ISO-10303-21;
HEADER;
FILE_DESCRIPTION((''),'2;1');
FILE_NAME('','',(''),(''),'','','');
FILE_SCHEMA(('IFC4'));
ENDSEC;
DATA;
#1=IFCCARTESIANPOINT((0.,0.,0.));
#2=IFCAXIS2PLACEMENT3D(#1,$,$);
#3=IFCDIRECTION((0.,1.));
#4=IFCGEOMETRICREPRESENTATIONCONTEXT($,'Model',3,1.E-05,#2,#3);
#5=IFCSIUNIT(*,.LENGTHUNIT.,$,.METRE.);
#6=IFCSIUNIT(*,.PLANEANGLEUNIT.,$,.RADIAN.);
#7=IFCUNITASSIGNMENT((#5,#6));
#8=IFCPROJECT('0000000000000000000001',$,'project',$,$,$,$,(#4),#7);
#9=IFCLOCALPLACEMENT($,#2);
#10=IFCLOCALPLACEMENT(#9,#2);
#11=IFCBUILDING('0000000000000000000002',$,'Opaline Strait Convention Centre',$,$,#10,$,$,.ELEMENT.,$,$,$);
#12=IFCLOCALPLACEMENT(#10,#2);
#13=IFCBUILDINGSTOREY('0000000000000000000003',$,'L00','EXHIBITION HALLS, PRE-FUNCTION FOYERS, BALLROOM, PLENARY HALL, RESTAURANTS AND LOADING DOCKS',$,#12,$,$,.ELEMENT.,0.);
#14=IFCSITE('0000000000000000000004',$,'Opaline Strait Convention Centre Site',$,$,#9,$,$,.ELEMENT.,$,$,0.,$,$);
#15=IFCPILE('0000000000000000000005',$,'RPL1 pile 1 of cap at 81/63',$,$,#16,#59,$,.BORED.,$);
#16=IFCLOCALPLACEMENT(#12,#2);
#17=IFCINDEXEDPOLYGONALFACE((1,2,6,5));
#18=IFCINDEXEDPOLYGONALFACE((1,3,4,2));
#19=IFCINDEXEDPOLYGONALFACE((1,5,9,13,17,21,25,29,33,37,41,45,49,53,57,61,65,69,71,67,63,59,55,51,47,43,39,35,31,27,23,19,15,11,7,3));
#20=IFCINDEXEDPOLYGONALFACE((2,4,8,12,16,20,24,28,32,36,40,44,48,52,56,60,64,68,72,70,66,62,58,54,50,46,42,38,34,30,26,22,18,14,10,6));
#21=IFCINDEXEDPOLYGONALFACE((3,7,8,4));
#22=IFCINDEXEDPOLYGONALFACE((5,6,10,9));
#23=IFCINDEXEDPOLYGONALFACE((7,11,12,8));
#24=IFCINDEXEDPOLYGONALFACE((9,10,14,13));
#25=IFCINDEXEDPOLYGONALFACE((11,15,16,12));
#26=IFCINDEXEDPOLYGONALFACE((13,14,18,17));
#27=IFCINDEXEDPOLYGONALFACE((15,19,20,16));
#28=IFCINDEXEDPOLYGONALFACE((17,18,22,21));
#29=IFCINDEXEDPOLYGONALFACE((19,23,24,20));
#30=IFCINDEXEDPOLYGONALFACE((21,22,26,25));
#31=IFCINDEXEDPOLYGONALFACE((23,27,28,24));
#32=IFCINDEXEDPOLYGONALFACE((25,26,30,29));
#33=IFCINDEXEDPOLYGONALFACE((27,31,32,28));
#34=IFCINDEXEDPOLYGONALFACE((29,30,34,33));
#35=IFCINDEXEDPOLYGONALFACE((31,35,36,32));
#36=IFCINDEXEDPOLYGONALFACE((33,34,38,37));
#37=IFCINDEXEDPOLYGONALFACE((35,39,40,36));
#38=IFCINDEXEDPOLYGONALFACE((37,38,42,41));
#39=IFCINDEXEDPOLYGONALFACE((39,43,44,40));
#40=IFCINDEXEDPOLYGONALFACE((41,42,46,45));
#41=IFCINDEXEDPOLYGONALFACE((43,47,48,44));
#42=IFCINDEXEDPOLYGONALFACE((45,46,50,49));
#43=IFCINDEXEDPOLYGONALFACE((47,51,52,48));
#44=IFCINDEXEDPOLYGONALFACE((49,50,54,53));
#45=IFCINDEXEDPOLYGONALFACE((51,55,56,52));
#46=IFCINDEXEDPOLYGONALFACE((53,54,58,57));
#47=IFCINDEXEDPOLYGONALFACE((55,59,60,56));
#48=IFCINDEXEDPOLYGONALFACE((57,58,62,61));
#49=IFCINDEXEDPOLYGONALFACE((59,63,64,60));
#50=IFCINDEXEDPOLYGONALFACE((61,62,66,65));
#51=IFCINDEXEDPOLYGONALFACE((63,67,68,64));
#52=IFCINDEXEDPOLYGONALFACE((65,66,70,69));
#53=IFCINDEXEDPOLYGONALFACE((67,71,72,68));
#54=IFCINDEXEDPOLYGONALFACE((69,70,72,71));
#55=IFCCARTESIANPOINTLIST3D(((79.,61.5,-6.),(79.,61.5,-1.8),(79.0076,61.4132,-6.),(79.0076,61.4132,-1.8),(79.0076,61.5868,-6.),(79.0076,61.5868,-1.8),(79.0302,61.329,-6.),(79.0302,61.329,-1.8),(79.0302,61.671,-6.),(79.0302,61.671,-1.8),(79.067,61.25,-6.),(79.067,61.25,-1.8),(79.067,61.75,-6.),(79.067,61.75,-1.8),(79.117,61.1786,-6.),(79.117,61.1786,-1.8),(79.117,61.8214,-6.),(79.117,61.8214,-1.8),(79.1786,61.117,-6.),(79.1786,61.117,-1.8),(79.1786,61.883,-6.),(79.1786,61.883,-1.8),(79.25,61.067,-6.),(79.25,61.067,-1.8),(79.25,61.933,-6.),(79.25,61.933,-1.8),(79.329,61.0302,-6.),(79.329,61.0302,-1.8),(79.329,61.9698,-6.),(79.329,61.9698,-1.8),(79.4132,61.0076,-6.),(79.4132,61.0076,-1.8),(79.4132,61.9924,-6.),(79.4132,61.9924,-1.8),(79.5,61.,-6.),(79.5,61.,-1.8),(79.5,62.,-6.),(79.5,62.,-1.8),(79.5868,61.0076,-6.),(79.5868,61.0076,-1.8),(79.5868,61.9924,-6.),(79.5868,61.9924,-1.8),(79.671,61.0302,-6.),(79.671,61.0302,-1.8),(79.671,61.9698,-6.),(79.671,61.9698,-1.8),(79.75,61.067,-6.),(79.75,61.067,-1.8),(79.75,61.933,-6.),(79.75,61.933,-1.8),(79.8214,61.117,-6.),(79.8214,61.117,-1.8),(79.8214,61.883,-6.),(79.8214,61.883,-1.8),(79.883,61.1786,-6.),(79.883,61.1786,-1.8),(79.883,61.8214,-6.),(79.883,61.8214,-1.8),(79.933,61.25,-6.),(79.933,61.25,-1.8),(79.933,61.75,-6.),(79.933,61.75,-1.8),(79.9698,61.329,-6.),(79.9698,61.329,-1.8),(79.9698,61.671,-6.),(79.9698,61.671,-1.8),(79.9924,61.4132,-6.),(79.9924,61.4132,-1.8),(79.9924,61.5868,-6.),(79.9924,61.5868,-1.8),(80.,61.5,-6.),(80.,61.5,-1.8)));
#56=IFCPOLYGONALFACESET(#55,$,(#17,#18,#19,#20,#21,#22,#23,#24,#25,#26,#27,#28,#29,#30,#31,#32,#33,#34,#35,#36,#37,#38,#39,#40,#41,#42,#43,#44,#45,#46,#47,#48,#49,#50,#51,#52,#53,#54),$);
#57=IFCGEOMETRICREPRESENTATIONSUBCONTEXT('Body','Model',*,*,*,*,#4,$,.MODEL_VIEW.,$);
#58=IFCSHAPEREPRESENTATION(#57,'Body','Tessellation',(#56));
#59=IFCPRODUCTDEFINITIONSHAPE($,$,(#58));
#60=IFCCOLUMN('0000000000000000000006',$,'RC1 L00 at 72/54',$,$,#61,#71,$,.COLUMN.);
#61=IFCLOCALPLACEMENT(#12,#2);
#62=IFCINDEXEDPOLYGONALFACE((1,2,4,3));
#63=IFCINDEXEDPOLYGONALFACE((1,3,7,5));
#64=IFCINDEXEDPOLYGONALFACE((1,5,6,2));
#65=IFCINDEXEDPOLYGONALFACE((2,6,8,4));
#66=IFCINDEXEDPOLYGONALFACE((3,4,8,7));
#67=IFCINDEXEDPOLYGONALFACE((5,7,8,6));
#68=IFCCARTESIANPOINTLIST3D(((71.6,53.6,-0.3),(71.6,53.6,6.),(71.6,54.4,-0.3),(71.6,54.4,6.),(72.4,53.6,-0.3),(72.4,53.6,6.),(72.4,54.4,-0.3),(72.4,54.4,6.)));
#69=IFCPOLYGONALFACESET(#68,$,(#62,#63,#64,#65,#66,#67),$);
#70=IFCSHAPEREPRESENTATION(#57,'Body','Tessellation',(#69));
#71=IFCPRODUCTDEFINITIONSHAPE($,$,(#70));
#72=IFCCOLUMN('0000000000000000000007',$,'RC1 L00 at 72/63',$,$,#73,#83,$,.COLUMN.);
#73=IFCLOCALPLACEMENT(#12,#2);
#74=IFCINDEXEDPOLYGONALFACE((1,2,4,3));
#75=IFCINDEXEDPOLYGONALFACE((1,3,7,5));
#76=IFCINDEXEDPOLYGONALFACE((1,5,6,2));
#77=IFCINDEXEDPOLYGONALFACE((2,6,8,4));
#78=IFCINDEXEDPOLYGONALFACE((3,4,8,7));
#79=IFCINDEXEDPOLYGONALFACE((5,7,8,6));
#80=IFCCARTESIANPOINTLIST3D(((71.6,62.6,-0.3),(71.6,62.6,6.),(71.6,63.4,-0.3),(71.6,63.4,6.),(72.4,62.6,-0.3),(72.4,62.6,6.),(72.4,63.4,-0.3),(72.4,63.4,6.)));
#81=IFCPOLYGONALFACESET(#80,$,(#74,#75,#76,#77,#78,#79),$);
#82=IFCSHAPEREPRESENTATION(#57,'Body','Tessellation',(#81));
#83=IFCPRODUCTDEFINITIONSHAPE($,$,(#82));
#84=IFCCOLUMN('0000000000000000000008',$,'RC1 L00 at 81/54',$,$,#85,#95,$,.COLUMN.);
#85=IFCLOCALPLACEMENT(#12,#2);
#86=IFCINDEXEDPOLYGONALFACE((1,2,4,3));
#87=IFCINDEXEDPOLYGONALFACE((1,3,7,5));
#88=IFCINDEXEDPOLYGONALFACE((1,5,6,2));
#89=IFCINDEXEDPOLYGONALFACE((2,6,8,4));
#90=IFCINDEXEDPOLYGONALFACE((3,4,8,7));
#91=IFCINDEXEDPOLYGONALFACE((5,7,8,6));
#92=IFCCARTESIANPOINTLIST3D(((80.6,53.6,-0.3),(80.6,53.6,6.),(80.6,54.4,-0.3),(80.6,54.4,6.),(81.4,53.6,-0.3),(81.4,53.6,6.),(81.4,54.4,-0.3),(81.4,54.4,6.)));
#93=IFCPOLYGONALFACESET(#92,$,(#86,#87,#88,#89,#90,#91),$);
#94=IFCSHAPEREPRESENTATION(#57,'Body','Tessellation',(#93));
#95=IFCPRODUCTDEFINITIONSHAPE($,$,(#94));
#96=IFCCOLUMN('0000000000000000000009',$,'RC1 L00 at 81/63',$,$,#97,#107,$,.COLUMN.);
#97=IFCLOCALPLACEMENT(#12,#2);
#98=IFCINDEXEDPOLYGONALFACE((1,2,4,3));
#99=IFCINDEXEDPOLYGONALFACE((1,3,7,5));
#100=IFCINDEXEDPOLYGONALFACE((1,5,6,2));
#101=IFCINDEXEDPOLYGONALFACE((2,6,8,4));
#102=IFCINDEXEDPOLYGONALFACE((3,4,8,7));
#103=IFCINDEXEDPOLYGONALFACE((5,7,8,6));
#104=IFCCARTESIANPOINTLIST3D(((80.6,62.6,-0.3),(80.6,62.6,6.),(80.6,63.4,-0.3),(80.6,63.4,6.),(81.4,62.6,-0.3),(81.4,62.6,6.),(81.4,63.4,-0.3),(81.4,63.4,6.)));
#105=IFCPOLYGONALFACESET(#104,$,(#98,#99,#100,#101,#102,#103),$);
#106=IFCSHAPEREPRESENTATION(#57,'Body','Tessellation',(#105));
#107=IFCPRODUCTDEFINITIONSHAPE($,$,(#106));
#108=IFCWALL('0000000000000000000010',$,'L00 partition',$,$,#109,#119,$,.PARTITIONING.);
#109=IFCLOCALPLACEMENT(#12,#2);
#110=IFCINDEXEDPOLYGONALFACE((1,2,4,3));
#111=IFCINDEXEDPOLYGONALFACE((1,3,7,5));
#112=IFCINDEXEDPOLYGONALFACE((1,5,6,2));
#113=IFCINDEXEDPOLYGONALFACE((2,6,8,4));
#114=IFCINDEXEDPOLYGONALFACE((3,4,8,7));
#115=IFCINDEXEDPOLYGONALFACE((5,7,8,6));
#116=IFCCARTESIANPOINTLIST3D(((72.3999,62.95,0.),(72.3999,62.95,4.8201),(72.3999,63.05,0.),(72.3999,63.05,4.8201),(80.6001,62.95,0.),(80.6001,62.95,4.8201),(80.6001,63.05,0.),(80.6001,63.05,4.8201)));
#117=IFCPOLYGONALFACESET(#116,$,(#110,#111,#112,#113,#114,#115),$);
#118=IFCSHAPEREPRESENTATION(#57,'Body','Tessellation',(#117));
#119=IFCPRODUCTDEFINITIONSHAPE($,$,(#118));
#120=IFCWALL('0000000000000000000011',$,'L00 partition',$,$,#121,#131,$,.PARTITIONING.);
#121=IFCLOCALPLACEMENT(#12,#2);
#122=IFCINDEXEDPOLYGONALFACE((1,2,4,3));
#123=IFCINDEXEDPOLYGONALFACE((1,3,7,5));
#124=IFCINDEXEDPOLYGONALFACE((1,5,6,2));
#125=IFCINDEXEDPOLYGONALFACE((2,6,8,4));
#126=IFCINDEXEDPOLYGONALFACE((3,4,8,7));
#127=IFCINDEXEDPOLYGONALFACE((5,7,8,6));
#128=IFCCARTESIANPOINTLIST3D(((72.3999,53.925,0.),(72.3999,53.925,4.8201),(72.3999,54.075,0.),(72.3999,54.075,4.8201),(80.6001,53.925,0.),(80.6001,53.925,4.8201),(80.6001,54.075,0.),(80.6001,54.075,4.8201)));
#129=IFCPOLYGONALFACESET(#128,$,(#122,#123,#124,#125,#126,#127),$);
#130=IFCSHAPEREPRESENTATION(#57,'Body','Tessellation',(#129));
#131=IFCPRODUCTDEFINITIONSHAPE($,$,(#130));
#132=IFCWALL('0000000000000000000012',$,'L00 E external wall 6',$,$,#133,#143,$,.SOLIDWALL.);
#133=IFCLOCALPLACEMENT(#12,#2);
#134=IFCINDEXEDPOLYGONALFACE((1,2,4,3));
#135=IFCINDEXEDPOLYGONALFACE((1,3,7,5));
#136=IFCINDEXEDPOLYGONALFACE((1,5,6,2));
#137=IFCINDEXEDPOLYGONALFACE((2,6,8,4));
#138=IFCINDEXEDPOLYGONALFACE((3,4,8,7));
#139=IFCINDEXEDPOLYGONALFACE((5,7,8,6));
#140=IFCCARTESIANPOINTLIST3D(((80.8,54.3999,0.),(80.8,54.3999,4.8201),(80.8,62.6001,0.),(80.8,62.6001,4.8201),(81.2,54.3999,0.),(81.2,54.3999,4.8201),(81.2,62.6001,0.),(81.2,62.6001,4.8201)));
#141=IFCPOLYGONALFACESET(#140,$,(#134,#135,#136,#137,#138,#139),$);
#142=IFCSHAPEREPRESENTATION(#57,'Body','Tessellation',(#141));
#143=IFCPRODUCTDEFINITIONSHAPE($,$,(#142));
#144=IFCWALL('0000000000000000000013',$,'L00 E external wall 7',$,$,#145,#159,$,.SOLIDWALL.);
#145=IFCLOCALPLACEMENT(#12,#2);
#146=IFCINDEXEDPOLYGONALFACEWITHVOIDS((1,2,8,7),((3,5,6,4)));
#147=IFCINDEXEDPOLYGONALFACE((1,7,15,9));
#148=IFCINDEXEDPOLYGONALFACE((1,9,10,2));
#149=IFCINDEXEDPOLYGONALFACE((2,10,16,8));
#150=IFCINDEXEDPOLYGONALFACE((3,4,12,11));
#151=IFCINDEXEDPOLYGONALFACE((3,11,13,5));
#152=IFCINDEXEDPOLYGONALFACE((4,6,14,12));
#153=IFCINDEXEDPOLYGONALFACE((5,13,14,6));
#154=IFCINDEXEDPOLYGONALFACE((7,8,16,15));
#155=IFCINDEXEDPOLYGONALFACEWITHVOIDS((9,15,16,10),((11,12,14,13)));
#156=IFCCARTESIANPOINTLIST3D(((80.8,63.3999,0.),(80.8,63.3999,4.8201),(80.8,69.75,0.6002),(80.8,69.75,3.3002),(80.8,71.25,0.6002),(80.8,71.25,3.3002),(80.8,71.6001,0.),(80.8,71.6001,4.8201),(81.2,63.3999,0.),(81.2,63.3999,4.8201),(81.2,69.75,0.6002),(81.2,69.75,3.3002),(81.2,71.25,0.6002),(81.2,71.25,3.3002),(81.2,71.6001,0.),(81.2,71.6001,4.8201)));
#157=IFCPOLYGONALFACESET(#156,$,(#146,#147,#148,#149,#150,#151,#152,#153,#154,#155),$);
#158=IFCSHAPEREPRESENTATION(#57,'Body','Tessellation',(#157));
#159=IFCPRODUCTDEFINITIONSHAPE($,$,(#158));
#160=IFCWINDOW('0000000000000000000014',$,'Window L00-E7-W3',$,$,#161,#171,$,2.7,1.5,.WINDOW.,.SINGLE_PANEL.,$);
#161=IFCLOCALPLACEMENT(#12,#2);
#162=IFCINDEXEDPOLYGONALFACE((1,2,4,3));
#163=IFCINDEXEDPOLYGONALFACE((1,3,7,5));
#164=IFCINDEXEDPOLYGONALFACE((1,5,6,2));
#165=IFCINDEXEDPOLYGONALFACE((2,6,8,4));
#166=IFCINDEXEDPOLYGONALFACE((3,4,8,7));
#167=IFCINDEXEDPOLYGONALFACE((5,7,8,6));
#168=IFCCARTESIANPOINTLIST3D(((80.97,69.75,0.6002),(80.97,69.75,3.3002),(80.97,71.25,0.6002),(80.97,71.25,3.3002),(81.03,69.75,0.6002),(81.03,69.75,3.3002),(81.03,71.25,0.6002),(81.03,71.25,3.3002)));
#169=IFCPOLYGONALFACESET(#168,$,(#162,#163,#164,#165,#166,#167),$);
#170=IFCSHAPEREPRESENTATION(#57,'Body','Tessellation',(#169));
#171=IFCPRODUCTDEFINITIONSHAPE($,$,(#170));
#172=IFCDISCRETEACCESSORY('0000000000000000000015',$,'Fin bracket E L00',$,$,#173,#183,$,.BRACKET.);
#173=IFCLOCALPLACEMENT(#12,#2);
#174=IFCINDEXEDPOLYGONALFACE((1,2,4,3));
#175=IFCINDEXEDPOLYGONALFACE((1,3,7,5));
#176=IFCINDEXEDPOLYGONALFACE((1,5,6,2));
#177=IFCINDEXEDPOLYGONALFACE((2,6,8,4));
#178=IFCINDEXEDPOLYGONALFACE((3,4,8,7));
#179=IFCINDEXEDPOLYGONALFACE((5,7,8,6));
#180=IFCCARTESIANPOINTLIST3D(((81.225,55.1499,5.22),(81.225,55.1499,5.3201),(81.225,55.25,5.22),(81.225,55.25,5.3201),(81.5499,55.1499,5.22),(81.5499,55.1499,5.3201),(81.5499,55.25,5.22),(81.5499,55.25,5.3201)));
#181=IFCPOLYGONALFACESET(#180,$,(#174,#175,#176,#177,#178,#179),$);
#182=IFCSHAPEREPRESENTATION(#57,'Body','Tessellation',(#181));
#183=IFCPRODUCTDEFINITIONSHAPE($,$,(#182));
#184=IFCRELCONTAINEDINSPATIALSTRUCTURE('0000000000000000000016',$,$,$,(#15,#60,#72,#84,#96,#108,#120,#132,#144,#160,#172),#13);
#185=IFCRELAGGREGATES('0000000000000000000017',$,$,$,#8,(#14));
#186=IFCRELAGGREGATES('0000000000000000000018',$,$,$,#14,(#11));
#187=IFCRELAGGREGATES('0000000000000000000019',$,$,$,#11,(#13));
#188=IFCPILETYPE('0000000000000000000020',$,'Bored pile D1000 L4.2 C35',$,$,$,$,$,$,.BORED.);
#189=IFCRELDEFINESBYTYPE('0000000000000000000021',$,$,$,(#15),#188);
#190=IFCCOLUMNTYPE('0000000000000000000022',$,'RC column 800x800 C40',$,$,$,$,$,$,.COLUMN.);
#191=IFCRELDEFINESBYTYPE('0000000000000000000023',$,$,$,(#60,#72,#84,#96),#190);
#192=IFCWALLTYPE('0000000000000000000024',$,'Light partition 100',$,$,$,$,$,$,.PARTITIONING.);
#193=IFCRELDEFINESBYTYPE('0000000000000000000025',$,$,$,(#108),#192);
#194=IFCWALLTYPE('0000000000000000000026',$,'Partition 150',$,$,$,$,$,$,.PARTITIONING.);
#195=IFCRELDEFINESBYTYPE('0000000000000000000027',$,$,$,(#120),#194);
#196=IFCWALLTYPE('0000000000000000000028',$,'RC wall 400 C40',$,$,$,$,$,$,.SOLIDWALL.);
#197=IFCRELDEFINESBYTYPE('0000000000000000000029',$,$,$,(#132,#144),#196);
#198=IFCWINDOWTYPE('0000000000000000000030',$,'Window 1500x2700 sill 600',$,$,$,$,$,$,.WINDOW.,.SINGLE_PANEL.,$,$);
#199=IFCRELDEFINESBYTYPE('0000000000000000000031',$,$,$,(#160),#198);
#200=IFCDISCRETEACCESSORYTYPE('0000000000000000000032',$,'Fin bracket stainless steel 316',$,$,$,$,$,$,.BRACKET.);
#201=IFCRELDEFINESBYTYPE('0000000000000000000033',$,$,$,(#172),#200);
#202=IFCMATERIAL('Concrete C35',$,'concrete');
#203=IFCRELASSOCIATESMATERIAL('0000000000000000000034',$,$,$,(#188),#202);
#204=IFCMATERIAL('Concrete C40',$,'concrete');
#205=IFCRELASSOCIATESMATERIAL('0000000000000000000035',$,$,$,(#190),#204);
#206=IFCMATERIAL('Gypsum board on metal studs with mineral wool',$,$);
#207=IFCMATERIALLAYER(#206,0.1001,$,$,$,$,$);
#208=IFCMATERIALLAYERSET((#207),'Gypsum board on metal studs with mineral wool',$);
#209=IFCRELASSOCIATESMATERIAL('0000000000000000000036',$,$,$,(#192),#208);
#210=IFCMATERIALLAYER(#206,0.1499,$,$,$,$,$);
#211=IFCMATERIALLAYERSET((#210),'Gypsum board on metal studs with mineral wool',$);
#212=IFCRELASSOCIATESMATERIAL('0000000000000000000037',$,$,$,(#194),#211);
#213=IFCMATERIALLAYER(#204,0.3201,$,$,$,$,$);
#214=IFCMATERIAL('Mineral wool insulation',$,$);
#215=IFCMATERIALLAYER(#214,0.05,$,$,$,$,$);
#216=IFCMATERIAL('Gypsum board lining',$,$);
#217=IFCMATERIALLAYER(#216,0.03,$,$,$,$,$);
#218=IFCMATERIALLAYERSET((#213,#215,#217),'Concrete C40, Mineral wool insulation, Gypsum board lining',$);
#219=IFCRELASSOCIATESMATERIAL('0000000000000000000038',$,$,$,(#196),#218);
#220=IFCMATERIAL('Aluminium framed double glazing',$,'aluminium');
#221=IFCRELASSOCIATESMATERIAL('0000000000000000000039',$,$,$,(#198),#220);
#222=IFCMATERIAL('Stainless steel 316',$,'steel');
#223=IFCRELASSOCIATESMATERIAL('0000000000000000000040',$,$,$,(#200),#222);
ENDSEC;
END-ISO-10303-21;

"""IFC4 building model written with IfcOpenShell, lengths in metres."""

from ifc_helpers import new_model, si_unit, direction, frame, frame_2d, origin, origin_2d, place, context, subcontext, project, spatial, rectangle, circle, extrude, material, layer, layer_set, material_profile, profile_set, type_object, element, fill, save


model = new_model("IFC4")

# Units and contexts
model_context = context("Model", 3, precision=1e-05, world=origin(), true_north=direction((0.0, 1.0)))
body_context = subcontext(model_context, "Body", "Model", "MODEL_VIEW")
ifc_project = project(units=[si_unit("LENGTHUNIT", "METRE"), si_unit("PLANEANGLEUNIT", "RADIAN")], contexts=[model_context])

# Site, building, storey
site_placement = place(None, origin())
site = spatial("IfcSite", under=ifc_project, at=site_placement, Name="Opaline Strait Convention Centre Site", CompositionType="ELEMENT", RefElevation=0.0)
building_placement = place(site_placement, origin())
building = spatial("IfcBuilding", under=site, at=building_placement, Name="Opaline Strait Convention Centre", CompositionType="ELEMENT")
storey_placement = place(building_placement, origin())
storey = spatial("IfcBuildingStorey", under=building, at=storey_placement, Name="L00", Description="EXHIBITION HALLS, PRE-FUNCTION FOYERS, BALLROOM, PLENARY HALL, RESTAURANTS AND LOADING DOCKS", CompositionType="ELEMENT", Elevation=0.0)

# Pile
ifc_material_1 = material(Name="Concrete C35", Category="concrete")
ifc_material_profile_1 = material_profile(ifc_material_1, circle(Radius=0.5, at=origin_2d()), Name="D1000")
ifc_profile_set_1 = profile_set([ifc_material_profile_1], Name="Concrete C35")
pile_type = type_object("IfcPileType", Name="Bored pile D1000 L4.2 C35", PredefinedType="BORED", material=ifc_profile_set_1)
for number, where, z_axis, x_axis, name in (
    (1, (79.5, 61.5, -1.8), (0.0, 0.0, -1.0), (1.0, 0.0, 0.0), "RPL1 pile 1 of cap at 81/63"),
):
    element("IfcPile", number, at=place(storey_placement, frame(where, z_axis=z_axis, x_axis=x_axis)), inside=storey, type_object=pile_type, Name=name, PredefinedType="BORED", context=body_context, shape_type="SweptSolid", body=[
        extrude(circle(Radius=0.5, at=origin_2d()), origin(), (0.0, 0.0, 1.0), 4.2),
    ])

# Columns
ifc_material_2 = material(Name="Concrete C40", Category="concrete")
ifc_material_profile_2 = material_profile(ifc_material_2, rectangle(XDim=0.8, YDim=0.8, at=origin_2d()), Name="RC 800x800")
ifc_profile_set_2 = profile_set([ifc_material_profile_2], Name="Concrete C40")
column_type = type_object("IfcColumnType", Name="RC column 800x800 C40", PredefinedType="COLUMN", material=ifc_profile_set_2)
for number, where, z_axis, x_axis, name in (
    (2, (72.0, 54.0, -0.3), (0.0, 0.0, 1.0), (1.0, 0.0, 0.0), "RC1 L00 at 72/54"),
    (3, (72.0, 63.0, -0.3), (0.0, 0.0, 1.0), (1.0, 0.0, 0.0), "RC1 L00 at 72/63"),
    (4, (81.0, 54.0, -0.3), (0.0, 0.0, 1.0), (1.0, 0.0, 0.0), "RC1 L00 at 81/54"),
    (5, (81.0, 63.0, -0.3), (0.0, 0.0, 1.0), (1.0, 0.0, 0.0), "RC1 L00 at 81/63"),
):
    element("IfcColumn", number, at=place(storey_placement, frame(where, z_axis=z_axis, x_axis=x_axis)), inside=storey, type_object=column_type, Name=name, PredefinedType="COLUMN", context=body_context, shape_type="SweptSolid", body=[
        extrude(rectangle(XDim=0.8, YDim=0.8, at=origin_2d()), origin(), (0.0, 0.0, 1.0), 6.3),
    ])

# Walls
ifc_material_3 = material(Name="Gypsum board on metal studs with mineral wool")
ifc_layer_1 = layer(ifc_material_3, 0.1001)
ifc_layer_set_1 = layer_set([ifc_layer_1], Name="Gypsum board on metal studs with mineral wool")
wall_type_1 = type_object("IfcWallType", Name="Light partition 100", PredefinedType="PARTITIONING", material=ifc_layer_set_1)
wall_1_placement = place(storey_placement, frame((72.3999, 63.0, 0.0), z_axis=(0.0, 0.0, 1.0), x_axis=(1.0, 0.0, 0.0)))
element("IfcWall", 6, at=wall_1_placement, inside=storey, type_object=wall_type_1, Name="L00 partition", PredefinedType="PARTITIONING", context=body_context, shape_type="SweptSolid", body=[
    extrude(rectangle(XDim=8.2002, YDim=0.1001, at=frame_2d((4.1001, 0.0))), origin(), (0.0, 0.0, 1.0), 4.8201),
])
ifc_layer_2 = layer(ifc_material_3, 0.1499)
ifc_layer_set_2 = layer_set([ifc_layer_2], Name="Gypsum board on metal studs with mineral wool")
wall_type_2 = type_object("IfcWallType", Name="Partition 150", PredefinedType="PARTITIONING", material=ifc_layer_set_2)
wall_2_placement = place(storey_placement, frame((72.3999, 54.0, 0.0), z_axis=(0.0, 0.0, 1.0), x_axis=(1.0, 0.0, 0.0)))
element("IfcWall", 7, at=wall_2_placement, inside=storey, type_object=wall_type_2, Name="L00 partition", PredefinedType="PARTITIONING", context=body_context, shape_type="SweptSolid", body=[
    extrude(rectangle(XDim=8.2002, YDim=0.1499, at=frame_2d((4.1001, 0.0))), origin(), (0.0, 0.0, 1.0), 4.8201),
])
ifc_layer_3 = layer(ifc_material_2, 0.3201)
ifc_material_4 = material(Name="Mineral wool insulation")
ifc_layer_4 = layer(ifc_material_4, 0.05)
ifc_material_5 = material(Name="Gypsum board lining")
ifc_layer_5 = layer(ifc_material_5, 0.03)
ifc_layer_set_3 = layer_set([ifc_layer_3, ifc_layer_4, ifc_layer_5], Name="Concrete C40, Mineral wool insulation, Gypsum board lining")
wall_type_3 = type_object("IfcWallType", Name="RC wall 400 C40", PredefinedType="SOLIDWALL", material=ifc_layer_set_3)
wall_3_placement = place(storey_placement, frame((81.0, 54.3999, 0.0), z_axis=(0.0, 0.0, 1.0), x_axis=(0.0, 1.0, 0.0)))
element("IfcWall", 8, at=wall_3_placement, inside=storey, type_object=wall_type_3, Name="L00 E external wall 6", PredefinedType="SOLIDWALL", context=body_context, shape_type="SweptSolid", body=[
    extrude(rectangle(XDim=8.2002, YDim=0.3999, at=frame_2d((4.1001, 0.0))), origin(), (0.0, 0.0, 1.0), 4.8201),
])

# Wall, opening, window
wall_4_placement = place(storey_placement, frame((81.0, 63.3999, 0.0), z_axis=(0.0, 0.0, 1.0), x_axis=(0.0, 1.0, 0.0)))
wall_4 = element("IfcWall", 9, at=wall_4_placement, inside=storey, type_object=wall_type_3, Name="L00 E external wall 7", PredefinedType="SOLIDWALL", context=body_context, shape_type="SweptSolid", body=[
    extrude(rectangle(XDim=8.2002, YDim=0.3999, at=frame_2d((4.1001, 0.0))), origin(), (0.0, 0.0, 1.0), 4.8201),
])
opening_placement = place(wall_4_placement, frame((6.3501, 0.0, 0.6001)))
opening = element("IfcOpeningElement", 10, at=opening_placement, cuts=wall_4, PredefinedType="OPENING", context=body_context, shape_type="SweptSolid", body=[
    extrude(rectangle(XDim=1.5, YDim=2.7, at=frame_2d((0.75, 1.3501))), frame((0.0, 0.21, 0.0), z_axis=(0.0, -1.0, 0.0), x_axis=(1.0, 0.0, 0.0)), (0.0, 0.0, 1.0), 0.4199),
])
ifc_material_6 = material(Name="Aluminium framed double glazing", Category="aluminium")
window_type = type_object("IfcWindowType", Name="Window 1500x2700 sill 600", PartitioningType="SINGLE_PANEL", PredefinedType="WINDOW", material=ifc_material_6)
window_placement = place(opening_placement, origin())
window = element("IfcWindow", 11, at=window_placement, inside=storey, type_object=window_type, Name="Window L00-E7-W3", OverallHeight=2.7, OverallWidth=1.5, PartitioningType="SINGLE_PANEL", PredefinedType="WINDOW", context=body_context, shape_type="SweptSolid", body=[
    extrude(rectangle(XDim=1.5, YDim=2.7, at=frame_2d((0.75, 1.3501))), frame((0.0, 0.03, 0.0), z_axis=(0.0, -1.0, 0.0), x_axis=(1.0, 0.0, 0.0)), (0.0, 0.0, 1.0), 0.0601),
])
fill(opening, window)

# Discrete accessory
ifc_material_7 = material(Name="Stainless steel 316", Category="steel")
discrete_accessory_type = type_object("IfcDiscreteAccessoryType", Name="Fin bracket stainless steel 316", PredefinedType="BRACKET", material=ifc_material_7)
for number, where, z_axis, x_axis, name in (
    (12, (81.3875, 55.2, 5.22), (0.0, 0.0, 1.0), (1.0, 0.0, 0.0), "Fin bracket E L00"),
):
    element("IfcDiscreteAccessory", number, at=place(storey_placement, frame(where, z_axis=z_axis, x_axis=x_axis)), inside=storey, type_object=discrete_accessory_type, Name=name, PredefinedType="BRACKET", context=body_context, shape_type="SweptSolid", body=[
        extrude(rectangle(XDim=0.325, YDim=0.1001, at=origin_2d()), origin(), (0.0, 0.0, 1.0), 0.1001),
    ])

save(model, "model.ifc")
